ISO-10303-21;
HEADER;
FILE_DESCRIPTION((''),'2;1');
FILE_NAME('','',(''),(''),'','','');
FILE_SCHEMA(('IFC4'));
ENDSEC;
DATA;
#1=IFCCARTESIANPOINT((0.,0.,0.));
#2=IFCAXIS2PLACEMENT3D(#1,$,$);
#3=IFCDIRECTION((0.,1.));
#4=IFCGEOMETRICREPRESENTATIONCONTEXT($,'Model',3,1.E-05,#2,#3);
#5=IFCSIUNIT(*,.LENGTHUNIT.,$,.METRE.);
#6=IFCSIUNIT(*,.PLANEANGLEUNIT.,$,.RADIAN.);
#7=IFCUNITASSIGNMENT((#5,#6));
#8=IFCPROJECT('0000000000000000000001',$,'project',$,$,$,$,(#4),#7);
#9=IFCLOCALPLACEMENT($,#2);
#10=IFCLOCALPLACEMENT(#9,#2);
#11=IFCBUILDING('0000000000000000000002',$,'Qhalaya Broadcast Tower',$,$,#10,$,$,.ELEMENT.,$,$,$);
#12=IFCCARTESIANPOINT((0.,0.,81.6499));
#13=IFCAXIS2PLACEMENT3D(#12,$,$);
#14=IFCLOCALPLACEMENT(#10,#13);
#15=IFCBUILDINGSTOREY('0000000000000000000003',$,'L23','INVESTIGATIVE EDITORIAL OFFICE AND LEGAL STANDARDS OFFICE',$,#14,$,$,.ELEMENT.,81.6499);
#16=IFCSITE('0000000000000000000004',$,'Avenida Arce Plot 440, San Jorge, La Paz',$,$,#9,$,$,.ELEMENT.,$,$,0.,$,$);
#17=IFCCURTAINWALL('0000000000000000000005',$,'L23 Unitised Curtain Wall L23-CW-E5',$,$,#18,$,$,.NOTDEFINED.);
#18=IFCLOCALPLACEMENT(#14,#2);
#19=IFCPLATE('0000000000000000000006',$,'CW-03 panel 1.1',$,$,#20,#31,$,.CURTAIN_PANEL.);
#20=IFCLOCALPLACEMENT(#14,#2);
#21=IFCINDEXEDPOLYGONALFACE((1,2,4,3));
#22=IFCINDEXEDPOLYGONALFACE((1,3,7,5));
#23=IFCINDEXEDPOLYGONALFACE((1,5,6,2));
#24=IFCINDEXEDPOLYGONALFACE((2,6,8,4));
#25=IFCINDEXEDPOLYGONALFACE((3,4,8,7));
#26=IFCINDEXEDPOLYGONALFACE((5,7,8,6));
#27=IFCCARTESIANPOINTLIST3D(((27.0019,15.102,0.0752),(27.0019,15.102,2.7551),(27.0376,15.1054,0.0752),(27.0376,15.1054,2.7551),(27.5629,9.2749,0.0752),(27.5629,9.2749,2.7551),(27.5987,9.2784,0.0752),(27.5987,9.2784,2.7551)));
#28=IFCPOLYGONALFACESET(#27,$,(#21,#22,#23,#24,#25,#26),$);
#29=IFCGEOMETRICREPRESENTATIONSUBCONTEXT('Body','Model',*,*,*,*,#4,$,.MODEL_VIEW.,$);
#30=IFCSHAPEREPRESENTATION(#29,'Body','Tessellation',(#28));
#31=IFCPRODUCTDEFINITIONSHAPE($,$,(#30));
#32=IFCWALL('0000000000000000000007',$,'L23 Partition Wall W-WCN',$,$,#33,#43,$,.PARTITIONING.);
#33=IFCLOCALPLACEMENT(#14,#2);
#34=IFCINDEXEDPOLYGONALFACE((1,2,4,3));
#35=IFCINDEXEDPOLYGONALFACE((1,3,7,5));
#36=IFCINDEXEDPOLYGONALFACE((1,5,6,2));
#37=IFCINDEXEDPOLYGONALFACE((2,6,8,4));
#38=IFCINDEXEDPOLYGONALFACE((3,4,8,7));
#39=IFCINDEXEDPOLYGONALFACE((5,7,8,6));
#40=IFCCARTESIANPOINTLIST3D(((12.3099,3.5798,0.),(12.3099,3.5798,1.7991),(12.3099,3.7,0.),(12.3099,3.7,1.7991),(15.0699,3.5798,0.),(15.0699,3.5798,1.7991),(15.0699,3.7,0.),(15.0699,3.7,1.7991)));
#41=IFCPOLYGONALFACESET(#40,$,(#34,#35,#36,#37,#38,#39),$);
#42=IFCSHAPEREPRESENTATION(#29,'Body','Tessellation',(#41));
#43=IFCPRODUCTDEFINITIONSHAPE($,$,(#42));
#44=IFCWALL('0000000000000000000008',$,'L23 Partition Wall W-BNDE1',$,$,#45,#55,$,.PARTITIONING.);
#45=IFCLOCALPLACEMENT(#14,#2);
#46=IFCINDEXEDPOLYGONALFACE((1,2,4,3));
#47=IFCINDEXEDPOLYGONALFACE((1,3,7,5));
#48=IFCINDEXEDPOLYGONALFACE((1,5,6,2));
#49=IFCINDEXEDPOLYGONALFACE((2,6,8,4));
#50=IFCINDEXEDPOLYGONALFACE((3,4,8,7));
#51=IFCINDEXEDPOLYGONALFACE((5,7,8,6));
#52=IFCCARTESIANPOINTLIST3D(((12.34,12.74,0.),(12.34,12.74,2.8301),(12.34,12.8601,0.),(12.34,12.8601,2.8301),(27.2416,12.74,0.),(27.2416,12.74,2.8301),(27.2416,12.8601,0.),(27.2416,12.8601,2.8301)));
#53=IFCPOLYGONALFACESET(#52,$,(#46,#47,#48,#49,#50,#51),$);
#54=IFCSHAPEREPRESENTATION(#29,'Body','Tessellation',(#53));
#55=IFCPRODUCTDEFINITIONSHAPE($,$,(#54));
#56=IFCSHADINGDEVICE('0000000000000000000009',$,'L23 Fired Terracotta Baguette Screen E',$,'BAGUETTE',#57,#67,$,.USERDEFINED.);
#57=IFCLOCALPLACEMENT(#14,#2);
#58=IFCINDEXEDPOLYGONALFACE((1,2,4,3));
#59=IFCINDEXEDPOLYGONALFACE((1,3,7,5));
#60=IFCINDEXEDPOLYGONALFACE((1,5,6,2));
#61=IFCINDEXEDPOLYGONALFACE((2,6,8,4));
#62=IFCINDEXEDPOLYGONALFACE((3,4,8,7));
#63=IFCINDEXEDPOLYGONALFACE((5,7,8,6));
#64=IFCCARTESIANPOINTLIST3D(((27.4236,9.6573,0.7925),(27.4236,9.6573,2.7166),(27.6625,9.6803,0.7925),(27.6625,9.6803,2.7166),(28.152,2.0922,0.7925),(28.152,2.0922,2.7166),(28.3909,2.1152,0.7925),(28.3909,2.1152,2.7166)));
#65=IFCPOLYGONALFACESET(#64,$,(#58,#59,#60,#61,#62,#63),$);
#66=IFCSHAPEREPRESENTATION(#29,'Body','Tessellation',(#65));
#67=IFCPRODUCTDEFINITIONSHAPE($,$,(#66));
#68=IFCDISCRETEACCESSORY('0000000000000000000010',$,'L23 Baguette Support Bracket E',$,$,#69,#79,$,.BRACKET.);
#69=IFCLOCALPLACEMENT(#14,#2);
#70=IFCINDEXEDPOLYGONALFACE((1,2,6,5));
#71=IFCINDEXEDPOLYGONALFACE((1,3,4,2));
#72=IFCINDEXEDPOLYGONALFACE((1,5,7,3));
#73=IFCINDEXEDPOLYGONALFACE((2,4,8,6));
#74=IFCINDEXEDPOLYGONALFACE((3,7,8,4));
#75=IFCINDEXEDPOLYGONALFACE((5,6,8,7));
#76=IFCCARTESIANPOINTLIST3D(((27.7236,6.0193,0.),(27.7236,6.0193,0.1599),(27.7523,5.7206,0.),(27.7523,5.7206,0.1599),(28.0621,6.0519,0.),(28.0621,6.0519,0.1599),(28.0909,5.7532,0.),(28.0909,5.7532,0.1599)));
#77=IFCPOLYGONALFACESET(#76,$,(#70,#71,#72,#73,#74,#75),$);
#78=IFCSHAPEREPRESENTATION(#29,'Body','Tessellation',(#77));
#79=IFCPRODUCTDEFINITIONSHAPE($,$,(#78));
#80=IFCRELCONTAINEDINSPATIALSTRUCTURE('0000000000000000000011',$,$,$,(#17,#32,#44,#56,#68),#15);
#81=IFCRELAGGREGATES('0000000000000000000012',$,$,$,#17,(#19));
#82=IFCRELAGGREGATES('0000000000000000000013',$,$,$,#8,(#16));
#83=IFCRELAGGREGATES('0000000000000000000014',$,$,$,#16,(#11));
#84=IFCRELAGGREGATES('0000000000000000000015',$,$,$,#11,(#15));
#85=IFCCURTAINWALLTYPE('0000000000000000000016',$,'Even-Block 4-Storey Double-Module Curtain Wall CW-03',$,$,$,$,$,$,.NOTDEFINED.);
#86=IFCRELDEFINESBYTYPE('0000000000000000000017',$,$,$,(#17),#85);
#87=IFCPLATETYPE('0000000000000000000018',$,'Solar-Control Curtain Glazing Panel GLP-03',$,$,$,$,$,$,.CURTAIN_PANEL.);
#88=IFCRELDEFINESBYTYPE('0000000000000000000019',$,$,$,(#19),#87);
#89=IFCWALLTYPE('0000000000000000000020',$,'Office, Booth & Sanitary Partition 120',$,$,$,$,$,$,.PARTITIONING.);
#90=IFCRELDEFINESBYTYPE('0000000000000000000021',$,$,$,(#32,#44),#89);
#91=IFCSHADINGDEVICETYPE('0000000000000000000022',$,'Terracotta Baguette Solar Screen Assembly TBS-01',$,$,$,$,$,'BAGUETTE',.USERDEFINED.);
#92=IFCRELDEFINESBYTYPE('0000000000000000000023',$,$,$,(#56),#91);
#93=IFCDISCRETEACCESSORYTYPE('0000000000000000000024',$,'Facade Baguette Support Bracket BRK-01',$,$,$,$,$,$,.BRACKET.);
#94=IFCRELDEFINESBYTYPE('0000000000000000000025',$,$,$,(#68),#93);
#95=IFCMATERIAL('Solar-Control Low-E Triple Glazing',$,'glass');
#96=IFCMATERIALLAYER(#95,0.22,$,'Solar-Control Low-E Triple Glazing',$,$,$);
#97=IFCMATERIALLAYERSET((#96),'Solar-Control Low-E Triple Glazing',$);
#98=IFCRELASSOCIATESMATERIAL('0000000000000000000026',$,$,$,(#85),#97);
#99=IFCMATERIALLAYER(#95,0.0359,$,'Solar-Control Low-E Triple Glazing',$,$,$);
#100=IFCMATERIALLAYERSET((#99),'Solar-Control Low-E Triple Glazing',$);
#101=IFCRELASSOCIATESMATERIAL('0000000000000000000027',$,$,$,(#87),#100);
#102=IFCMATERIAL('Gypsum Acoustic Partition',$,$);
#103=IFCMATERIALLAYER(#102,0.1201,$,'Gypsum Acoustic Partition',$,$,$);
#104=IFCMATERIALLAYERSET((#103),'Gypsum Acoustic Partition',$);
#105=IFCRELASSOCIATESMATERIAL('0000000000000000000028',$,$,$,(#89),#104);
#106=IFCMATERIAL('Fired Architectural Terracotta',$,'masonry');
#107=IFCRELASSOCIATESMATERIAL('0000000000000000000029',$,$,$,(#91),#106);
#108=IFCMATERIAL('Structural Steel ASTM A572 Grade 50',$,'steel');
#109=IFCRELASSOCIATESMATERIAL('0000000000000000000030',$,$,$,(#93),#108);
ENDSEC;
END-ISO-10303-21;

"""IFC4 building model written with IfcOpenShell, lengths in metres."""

from ifc_helpers import new_model, si_unit, direction, frame, frame_2d, origin, origin_2d, place, context, subcontext, project, spatial, rectangle, extrude, material, layer, layer_set, type_object, element, aggregate, save


model = new_model("IFC4")

# Units and contexts
model_context = context("Model", 3, precision=1e-05, world=origin(), true_north=direction((0.0, 1.0)))
body_context = subcontext(model_context, "Body", "Model", "MODEL_VIEW")
ifc_project = project(units=[si_unit("LENGTHUNIT", "METRE"), si_unit("PLANEANGLEUNIT", "RADIAN")], contexts=[model_context])

# Site, building, storey
site_placement = place(None, origin())
site = spatial("IfcSite", under=ifc_project, at=site_placement, Name="Avenida Arce Plot 440, San Jorge, La Paz", CompositionType="ELEMENT", RefElevation=0.0)
building_placement = place(site_placement, origin())
building = spatial("IfcBuilding", under=site, at=building_placement, Name="Qhalaya Broadcast Tower", CompositionType="ELEMENT")
storey_placement = place(building_placement, frame((0.0, 0.0, 81.6499)))
storey = spatial("IfcBuildingStorey", under=building, at=storey_placement, Name="L23", Description="INVESTIGATIVE EDITORIAL OFFICE AND LEGAL STANDARDS OFFICE", CompositionType="ELEMENT", Elevation=81.6499)

# Shared definitions
ifc_material_1 = material(Name="Structural Steel ASTM A572 Grade 50", Category="steel")

# Curtain wall
ifc_material_2 = material(Name="Fired Architectural Terracotta", Category="masonry")
ifc_material_3 = material(Name="Solar-Control Low-E Triple Glazing", Category="glass")
ifc_layer_1 = layer(ifc_material_3, 0.22, Name="Solar-Control Low-E Triple Glazing")
ifc_layer_set_1 = layer_set([ifc_layer_1], Name="Solar-Control Low-E Triple Glazing")
curtain_wall_type_1 = type_object("IfcCurtainWallType", Name="Even-Block 4-Storey Double-Module Curtain Wall CW-03", PredefinedType="NOTDEFINED", material=ifc_layer_set_1)
curtain_wall_1_placement = place(storey_placement, origin())
curtain_wall_1 = element("IfcCurtainWall", 1, at=curtain_wall_1_placement, inside=storey, type_object=curtain_wall_type_1, Name="L23 Unitised Curtain Wall L23-CW-E5", PredefinedType="NOTDEFINED")

# Plate
ifc_layer_2 = layer(ifc_material_3, 0.0359, Name="Solar-Control Low-E Triple Glazing")
ifc_layer_set_2 = layer_set([ifc_layer_2], Name="Solar-Control Low-E Triple Glazing")
plate_type_1 = type_object("IfcPlateType", Name="Solar-Control Curtain Glazing Panel GLP-03", PredefinedType="CURTAIN_PANEL", material=ifc_layer_set_2)
plate_1_placement = place(storey_placement, frame((27.3003, 12.1902, 0.0752), z_axis=(0.0, 0.0, 1.0), x_axis=(-0.095836, 0.995397, 0.0)))
plate_1 = element("IfcPlate", 2, at=plate_1_placement, type_object=plate_type_1, Name="CW-03 panel 1.1", PredefinedType="CURTAIN_PANEL", context=body_context, shape_type="SweptSolid", body=[
    extrude(rectangle(XDim=5.854, YDim=0.0359, at=origin_2d()), origin(), (0.0, 0.0, 1.0), 2.6799),
])
aggregate(curtain_wall_1, [plate_1])

# Walls
ifc_material_4 = material(Name="Gypsum Acoustic Partition")
ifc_layer_3 = layer(ifc_material_4, 0.1201, Name="Gypsum Acoustic Partition")
ifc_layer_set_3 = layer_set([ifc_layer_3], Name="Gypsum Acoustic Partition")
wall_type = type_object("IfcWallType", Name="Office, Booth & Sanitary Partition 120", PredefinedType="PARTITIONING", material=ifc_layer_set_3)
wall_1_placement = place(storey_placement, frame((12.3101, 3.6399, 0.0), z_axis=(0.0, 0.0, 1.0), x_axis=(1.0, 0.0, 0.0)))
element("IfcWall", 3, at=wall_1_placement, inside=storey, type_object=wall_type, Name="L23 Partition Wall W-WCN", PredefinedType="PARTITIONING", context=body_context, shape_type="SweptSolid", body=[
    extrude(rectangle(XDim=2.76, YDim=0.1201, at=frame_2d((1.3799, 0.0))), origin(), (0.0, 0.0, 1.0), 1.7991),
])
wall_2_placement = place(storey_placement, frame((12.3401, 12.8, 0.0), z_axis=(0.0, 0.0, 1.0), x_axis=(1.0, 0.0, 0.0)))
element("IfcWall", 4, at=wall_2_placement, inside=storey, type_object=wall_type, Name="L23 Partition Wall W-BNDE1", PredefinedType="PARTITIONING", context=body_context, shape_type="SweptSolid", body=[
    extrude(rectangle(XDim=14.9016, YDim=0.1201, at=frame_2d((7.4507, 0.0))), origin(), (0.0, 0.0, 1.0), 2.8301),
])

# Shading device
shading_device_type = type_object("IfcShadingDeviceType", Name="Terracotta Baguette Solar Screen Assembly TBS-01", ElementType="BAGUETTE", PredefinedType="USERDEFINED", material=ifc_material_2)
shading_device_placement = place(storey_placement, frame((27.9072, 5.8862, 0.7925), z_axis=(0.0, 0.0, 1.0), x_axis=(-0.095846, 0.995396, 0.0)))
element("IfcShadingDevice", 5, at=shading_device_placement, inside=storey, type_object=shading_device_type, Name="L23 Fired Terracotta Baguette Screen E", ObjectType="BAGUETTE", PredefinedType="USERDEFINED", context=body_context, shape_type="SweptSolid", body=[
    extrude(rectangle(XDim=7.6001, YDim=0.24, at=origin_2d()), origin(), (0.0, 0.0, 1.0), 1.9241),
])

# Discrete accessory
discrete_accessory_type = type_object("IfcDiscreteAccessoryType", Name="Facade Baguette Support Bracket BRK-01", PredefinedType="BRACKET", material=ifc_material_1)
discrete_accessory_placement = place(storey_placement, frame((27.9072, 5.8862, 0.0), z_axis=(0.0, 0.0, 1.0), x_axis=(-0.095846, 0.995396, 0.0)))
element("IfcDiscreteAccessory", 6, at=discrete_accessory_placement, inside=storey, type_object=discrete_accessory_type, Name="L23 Baguette Support Bracket E", PredefinedType="BRACKET", context=body_context, shape_type="SweptSolid", body=[
    extrude(rectangle(XDim=0.3, YDim=0.3401, at=origin_2d()), origin(), (0.0, 0.0, 1.0), 0.1599),
])

save(model, "model.ifc")
